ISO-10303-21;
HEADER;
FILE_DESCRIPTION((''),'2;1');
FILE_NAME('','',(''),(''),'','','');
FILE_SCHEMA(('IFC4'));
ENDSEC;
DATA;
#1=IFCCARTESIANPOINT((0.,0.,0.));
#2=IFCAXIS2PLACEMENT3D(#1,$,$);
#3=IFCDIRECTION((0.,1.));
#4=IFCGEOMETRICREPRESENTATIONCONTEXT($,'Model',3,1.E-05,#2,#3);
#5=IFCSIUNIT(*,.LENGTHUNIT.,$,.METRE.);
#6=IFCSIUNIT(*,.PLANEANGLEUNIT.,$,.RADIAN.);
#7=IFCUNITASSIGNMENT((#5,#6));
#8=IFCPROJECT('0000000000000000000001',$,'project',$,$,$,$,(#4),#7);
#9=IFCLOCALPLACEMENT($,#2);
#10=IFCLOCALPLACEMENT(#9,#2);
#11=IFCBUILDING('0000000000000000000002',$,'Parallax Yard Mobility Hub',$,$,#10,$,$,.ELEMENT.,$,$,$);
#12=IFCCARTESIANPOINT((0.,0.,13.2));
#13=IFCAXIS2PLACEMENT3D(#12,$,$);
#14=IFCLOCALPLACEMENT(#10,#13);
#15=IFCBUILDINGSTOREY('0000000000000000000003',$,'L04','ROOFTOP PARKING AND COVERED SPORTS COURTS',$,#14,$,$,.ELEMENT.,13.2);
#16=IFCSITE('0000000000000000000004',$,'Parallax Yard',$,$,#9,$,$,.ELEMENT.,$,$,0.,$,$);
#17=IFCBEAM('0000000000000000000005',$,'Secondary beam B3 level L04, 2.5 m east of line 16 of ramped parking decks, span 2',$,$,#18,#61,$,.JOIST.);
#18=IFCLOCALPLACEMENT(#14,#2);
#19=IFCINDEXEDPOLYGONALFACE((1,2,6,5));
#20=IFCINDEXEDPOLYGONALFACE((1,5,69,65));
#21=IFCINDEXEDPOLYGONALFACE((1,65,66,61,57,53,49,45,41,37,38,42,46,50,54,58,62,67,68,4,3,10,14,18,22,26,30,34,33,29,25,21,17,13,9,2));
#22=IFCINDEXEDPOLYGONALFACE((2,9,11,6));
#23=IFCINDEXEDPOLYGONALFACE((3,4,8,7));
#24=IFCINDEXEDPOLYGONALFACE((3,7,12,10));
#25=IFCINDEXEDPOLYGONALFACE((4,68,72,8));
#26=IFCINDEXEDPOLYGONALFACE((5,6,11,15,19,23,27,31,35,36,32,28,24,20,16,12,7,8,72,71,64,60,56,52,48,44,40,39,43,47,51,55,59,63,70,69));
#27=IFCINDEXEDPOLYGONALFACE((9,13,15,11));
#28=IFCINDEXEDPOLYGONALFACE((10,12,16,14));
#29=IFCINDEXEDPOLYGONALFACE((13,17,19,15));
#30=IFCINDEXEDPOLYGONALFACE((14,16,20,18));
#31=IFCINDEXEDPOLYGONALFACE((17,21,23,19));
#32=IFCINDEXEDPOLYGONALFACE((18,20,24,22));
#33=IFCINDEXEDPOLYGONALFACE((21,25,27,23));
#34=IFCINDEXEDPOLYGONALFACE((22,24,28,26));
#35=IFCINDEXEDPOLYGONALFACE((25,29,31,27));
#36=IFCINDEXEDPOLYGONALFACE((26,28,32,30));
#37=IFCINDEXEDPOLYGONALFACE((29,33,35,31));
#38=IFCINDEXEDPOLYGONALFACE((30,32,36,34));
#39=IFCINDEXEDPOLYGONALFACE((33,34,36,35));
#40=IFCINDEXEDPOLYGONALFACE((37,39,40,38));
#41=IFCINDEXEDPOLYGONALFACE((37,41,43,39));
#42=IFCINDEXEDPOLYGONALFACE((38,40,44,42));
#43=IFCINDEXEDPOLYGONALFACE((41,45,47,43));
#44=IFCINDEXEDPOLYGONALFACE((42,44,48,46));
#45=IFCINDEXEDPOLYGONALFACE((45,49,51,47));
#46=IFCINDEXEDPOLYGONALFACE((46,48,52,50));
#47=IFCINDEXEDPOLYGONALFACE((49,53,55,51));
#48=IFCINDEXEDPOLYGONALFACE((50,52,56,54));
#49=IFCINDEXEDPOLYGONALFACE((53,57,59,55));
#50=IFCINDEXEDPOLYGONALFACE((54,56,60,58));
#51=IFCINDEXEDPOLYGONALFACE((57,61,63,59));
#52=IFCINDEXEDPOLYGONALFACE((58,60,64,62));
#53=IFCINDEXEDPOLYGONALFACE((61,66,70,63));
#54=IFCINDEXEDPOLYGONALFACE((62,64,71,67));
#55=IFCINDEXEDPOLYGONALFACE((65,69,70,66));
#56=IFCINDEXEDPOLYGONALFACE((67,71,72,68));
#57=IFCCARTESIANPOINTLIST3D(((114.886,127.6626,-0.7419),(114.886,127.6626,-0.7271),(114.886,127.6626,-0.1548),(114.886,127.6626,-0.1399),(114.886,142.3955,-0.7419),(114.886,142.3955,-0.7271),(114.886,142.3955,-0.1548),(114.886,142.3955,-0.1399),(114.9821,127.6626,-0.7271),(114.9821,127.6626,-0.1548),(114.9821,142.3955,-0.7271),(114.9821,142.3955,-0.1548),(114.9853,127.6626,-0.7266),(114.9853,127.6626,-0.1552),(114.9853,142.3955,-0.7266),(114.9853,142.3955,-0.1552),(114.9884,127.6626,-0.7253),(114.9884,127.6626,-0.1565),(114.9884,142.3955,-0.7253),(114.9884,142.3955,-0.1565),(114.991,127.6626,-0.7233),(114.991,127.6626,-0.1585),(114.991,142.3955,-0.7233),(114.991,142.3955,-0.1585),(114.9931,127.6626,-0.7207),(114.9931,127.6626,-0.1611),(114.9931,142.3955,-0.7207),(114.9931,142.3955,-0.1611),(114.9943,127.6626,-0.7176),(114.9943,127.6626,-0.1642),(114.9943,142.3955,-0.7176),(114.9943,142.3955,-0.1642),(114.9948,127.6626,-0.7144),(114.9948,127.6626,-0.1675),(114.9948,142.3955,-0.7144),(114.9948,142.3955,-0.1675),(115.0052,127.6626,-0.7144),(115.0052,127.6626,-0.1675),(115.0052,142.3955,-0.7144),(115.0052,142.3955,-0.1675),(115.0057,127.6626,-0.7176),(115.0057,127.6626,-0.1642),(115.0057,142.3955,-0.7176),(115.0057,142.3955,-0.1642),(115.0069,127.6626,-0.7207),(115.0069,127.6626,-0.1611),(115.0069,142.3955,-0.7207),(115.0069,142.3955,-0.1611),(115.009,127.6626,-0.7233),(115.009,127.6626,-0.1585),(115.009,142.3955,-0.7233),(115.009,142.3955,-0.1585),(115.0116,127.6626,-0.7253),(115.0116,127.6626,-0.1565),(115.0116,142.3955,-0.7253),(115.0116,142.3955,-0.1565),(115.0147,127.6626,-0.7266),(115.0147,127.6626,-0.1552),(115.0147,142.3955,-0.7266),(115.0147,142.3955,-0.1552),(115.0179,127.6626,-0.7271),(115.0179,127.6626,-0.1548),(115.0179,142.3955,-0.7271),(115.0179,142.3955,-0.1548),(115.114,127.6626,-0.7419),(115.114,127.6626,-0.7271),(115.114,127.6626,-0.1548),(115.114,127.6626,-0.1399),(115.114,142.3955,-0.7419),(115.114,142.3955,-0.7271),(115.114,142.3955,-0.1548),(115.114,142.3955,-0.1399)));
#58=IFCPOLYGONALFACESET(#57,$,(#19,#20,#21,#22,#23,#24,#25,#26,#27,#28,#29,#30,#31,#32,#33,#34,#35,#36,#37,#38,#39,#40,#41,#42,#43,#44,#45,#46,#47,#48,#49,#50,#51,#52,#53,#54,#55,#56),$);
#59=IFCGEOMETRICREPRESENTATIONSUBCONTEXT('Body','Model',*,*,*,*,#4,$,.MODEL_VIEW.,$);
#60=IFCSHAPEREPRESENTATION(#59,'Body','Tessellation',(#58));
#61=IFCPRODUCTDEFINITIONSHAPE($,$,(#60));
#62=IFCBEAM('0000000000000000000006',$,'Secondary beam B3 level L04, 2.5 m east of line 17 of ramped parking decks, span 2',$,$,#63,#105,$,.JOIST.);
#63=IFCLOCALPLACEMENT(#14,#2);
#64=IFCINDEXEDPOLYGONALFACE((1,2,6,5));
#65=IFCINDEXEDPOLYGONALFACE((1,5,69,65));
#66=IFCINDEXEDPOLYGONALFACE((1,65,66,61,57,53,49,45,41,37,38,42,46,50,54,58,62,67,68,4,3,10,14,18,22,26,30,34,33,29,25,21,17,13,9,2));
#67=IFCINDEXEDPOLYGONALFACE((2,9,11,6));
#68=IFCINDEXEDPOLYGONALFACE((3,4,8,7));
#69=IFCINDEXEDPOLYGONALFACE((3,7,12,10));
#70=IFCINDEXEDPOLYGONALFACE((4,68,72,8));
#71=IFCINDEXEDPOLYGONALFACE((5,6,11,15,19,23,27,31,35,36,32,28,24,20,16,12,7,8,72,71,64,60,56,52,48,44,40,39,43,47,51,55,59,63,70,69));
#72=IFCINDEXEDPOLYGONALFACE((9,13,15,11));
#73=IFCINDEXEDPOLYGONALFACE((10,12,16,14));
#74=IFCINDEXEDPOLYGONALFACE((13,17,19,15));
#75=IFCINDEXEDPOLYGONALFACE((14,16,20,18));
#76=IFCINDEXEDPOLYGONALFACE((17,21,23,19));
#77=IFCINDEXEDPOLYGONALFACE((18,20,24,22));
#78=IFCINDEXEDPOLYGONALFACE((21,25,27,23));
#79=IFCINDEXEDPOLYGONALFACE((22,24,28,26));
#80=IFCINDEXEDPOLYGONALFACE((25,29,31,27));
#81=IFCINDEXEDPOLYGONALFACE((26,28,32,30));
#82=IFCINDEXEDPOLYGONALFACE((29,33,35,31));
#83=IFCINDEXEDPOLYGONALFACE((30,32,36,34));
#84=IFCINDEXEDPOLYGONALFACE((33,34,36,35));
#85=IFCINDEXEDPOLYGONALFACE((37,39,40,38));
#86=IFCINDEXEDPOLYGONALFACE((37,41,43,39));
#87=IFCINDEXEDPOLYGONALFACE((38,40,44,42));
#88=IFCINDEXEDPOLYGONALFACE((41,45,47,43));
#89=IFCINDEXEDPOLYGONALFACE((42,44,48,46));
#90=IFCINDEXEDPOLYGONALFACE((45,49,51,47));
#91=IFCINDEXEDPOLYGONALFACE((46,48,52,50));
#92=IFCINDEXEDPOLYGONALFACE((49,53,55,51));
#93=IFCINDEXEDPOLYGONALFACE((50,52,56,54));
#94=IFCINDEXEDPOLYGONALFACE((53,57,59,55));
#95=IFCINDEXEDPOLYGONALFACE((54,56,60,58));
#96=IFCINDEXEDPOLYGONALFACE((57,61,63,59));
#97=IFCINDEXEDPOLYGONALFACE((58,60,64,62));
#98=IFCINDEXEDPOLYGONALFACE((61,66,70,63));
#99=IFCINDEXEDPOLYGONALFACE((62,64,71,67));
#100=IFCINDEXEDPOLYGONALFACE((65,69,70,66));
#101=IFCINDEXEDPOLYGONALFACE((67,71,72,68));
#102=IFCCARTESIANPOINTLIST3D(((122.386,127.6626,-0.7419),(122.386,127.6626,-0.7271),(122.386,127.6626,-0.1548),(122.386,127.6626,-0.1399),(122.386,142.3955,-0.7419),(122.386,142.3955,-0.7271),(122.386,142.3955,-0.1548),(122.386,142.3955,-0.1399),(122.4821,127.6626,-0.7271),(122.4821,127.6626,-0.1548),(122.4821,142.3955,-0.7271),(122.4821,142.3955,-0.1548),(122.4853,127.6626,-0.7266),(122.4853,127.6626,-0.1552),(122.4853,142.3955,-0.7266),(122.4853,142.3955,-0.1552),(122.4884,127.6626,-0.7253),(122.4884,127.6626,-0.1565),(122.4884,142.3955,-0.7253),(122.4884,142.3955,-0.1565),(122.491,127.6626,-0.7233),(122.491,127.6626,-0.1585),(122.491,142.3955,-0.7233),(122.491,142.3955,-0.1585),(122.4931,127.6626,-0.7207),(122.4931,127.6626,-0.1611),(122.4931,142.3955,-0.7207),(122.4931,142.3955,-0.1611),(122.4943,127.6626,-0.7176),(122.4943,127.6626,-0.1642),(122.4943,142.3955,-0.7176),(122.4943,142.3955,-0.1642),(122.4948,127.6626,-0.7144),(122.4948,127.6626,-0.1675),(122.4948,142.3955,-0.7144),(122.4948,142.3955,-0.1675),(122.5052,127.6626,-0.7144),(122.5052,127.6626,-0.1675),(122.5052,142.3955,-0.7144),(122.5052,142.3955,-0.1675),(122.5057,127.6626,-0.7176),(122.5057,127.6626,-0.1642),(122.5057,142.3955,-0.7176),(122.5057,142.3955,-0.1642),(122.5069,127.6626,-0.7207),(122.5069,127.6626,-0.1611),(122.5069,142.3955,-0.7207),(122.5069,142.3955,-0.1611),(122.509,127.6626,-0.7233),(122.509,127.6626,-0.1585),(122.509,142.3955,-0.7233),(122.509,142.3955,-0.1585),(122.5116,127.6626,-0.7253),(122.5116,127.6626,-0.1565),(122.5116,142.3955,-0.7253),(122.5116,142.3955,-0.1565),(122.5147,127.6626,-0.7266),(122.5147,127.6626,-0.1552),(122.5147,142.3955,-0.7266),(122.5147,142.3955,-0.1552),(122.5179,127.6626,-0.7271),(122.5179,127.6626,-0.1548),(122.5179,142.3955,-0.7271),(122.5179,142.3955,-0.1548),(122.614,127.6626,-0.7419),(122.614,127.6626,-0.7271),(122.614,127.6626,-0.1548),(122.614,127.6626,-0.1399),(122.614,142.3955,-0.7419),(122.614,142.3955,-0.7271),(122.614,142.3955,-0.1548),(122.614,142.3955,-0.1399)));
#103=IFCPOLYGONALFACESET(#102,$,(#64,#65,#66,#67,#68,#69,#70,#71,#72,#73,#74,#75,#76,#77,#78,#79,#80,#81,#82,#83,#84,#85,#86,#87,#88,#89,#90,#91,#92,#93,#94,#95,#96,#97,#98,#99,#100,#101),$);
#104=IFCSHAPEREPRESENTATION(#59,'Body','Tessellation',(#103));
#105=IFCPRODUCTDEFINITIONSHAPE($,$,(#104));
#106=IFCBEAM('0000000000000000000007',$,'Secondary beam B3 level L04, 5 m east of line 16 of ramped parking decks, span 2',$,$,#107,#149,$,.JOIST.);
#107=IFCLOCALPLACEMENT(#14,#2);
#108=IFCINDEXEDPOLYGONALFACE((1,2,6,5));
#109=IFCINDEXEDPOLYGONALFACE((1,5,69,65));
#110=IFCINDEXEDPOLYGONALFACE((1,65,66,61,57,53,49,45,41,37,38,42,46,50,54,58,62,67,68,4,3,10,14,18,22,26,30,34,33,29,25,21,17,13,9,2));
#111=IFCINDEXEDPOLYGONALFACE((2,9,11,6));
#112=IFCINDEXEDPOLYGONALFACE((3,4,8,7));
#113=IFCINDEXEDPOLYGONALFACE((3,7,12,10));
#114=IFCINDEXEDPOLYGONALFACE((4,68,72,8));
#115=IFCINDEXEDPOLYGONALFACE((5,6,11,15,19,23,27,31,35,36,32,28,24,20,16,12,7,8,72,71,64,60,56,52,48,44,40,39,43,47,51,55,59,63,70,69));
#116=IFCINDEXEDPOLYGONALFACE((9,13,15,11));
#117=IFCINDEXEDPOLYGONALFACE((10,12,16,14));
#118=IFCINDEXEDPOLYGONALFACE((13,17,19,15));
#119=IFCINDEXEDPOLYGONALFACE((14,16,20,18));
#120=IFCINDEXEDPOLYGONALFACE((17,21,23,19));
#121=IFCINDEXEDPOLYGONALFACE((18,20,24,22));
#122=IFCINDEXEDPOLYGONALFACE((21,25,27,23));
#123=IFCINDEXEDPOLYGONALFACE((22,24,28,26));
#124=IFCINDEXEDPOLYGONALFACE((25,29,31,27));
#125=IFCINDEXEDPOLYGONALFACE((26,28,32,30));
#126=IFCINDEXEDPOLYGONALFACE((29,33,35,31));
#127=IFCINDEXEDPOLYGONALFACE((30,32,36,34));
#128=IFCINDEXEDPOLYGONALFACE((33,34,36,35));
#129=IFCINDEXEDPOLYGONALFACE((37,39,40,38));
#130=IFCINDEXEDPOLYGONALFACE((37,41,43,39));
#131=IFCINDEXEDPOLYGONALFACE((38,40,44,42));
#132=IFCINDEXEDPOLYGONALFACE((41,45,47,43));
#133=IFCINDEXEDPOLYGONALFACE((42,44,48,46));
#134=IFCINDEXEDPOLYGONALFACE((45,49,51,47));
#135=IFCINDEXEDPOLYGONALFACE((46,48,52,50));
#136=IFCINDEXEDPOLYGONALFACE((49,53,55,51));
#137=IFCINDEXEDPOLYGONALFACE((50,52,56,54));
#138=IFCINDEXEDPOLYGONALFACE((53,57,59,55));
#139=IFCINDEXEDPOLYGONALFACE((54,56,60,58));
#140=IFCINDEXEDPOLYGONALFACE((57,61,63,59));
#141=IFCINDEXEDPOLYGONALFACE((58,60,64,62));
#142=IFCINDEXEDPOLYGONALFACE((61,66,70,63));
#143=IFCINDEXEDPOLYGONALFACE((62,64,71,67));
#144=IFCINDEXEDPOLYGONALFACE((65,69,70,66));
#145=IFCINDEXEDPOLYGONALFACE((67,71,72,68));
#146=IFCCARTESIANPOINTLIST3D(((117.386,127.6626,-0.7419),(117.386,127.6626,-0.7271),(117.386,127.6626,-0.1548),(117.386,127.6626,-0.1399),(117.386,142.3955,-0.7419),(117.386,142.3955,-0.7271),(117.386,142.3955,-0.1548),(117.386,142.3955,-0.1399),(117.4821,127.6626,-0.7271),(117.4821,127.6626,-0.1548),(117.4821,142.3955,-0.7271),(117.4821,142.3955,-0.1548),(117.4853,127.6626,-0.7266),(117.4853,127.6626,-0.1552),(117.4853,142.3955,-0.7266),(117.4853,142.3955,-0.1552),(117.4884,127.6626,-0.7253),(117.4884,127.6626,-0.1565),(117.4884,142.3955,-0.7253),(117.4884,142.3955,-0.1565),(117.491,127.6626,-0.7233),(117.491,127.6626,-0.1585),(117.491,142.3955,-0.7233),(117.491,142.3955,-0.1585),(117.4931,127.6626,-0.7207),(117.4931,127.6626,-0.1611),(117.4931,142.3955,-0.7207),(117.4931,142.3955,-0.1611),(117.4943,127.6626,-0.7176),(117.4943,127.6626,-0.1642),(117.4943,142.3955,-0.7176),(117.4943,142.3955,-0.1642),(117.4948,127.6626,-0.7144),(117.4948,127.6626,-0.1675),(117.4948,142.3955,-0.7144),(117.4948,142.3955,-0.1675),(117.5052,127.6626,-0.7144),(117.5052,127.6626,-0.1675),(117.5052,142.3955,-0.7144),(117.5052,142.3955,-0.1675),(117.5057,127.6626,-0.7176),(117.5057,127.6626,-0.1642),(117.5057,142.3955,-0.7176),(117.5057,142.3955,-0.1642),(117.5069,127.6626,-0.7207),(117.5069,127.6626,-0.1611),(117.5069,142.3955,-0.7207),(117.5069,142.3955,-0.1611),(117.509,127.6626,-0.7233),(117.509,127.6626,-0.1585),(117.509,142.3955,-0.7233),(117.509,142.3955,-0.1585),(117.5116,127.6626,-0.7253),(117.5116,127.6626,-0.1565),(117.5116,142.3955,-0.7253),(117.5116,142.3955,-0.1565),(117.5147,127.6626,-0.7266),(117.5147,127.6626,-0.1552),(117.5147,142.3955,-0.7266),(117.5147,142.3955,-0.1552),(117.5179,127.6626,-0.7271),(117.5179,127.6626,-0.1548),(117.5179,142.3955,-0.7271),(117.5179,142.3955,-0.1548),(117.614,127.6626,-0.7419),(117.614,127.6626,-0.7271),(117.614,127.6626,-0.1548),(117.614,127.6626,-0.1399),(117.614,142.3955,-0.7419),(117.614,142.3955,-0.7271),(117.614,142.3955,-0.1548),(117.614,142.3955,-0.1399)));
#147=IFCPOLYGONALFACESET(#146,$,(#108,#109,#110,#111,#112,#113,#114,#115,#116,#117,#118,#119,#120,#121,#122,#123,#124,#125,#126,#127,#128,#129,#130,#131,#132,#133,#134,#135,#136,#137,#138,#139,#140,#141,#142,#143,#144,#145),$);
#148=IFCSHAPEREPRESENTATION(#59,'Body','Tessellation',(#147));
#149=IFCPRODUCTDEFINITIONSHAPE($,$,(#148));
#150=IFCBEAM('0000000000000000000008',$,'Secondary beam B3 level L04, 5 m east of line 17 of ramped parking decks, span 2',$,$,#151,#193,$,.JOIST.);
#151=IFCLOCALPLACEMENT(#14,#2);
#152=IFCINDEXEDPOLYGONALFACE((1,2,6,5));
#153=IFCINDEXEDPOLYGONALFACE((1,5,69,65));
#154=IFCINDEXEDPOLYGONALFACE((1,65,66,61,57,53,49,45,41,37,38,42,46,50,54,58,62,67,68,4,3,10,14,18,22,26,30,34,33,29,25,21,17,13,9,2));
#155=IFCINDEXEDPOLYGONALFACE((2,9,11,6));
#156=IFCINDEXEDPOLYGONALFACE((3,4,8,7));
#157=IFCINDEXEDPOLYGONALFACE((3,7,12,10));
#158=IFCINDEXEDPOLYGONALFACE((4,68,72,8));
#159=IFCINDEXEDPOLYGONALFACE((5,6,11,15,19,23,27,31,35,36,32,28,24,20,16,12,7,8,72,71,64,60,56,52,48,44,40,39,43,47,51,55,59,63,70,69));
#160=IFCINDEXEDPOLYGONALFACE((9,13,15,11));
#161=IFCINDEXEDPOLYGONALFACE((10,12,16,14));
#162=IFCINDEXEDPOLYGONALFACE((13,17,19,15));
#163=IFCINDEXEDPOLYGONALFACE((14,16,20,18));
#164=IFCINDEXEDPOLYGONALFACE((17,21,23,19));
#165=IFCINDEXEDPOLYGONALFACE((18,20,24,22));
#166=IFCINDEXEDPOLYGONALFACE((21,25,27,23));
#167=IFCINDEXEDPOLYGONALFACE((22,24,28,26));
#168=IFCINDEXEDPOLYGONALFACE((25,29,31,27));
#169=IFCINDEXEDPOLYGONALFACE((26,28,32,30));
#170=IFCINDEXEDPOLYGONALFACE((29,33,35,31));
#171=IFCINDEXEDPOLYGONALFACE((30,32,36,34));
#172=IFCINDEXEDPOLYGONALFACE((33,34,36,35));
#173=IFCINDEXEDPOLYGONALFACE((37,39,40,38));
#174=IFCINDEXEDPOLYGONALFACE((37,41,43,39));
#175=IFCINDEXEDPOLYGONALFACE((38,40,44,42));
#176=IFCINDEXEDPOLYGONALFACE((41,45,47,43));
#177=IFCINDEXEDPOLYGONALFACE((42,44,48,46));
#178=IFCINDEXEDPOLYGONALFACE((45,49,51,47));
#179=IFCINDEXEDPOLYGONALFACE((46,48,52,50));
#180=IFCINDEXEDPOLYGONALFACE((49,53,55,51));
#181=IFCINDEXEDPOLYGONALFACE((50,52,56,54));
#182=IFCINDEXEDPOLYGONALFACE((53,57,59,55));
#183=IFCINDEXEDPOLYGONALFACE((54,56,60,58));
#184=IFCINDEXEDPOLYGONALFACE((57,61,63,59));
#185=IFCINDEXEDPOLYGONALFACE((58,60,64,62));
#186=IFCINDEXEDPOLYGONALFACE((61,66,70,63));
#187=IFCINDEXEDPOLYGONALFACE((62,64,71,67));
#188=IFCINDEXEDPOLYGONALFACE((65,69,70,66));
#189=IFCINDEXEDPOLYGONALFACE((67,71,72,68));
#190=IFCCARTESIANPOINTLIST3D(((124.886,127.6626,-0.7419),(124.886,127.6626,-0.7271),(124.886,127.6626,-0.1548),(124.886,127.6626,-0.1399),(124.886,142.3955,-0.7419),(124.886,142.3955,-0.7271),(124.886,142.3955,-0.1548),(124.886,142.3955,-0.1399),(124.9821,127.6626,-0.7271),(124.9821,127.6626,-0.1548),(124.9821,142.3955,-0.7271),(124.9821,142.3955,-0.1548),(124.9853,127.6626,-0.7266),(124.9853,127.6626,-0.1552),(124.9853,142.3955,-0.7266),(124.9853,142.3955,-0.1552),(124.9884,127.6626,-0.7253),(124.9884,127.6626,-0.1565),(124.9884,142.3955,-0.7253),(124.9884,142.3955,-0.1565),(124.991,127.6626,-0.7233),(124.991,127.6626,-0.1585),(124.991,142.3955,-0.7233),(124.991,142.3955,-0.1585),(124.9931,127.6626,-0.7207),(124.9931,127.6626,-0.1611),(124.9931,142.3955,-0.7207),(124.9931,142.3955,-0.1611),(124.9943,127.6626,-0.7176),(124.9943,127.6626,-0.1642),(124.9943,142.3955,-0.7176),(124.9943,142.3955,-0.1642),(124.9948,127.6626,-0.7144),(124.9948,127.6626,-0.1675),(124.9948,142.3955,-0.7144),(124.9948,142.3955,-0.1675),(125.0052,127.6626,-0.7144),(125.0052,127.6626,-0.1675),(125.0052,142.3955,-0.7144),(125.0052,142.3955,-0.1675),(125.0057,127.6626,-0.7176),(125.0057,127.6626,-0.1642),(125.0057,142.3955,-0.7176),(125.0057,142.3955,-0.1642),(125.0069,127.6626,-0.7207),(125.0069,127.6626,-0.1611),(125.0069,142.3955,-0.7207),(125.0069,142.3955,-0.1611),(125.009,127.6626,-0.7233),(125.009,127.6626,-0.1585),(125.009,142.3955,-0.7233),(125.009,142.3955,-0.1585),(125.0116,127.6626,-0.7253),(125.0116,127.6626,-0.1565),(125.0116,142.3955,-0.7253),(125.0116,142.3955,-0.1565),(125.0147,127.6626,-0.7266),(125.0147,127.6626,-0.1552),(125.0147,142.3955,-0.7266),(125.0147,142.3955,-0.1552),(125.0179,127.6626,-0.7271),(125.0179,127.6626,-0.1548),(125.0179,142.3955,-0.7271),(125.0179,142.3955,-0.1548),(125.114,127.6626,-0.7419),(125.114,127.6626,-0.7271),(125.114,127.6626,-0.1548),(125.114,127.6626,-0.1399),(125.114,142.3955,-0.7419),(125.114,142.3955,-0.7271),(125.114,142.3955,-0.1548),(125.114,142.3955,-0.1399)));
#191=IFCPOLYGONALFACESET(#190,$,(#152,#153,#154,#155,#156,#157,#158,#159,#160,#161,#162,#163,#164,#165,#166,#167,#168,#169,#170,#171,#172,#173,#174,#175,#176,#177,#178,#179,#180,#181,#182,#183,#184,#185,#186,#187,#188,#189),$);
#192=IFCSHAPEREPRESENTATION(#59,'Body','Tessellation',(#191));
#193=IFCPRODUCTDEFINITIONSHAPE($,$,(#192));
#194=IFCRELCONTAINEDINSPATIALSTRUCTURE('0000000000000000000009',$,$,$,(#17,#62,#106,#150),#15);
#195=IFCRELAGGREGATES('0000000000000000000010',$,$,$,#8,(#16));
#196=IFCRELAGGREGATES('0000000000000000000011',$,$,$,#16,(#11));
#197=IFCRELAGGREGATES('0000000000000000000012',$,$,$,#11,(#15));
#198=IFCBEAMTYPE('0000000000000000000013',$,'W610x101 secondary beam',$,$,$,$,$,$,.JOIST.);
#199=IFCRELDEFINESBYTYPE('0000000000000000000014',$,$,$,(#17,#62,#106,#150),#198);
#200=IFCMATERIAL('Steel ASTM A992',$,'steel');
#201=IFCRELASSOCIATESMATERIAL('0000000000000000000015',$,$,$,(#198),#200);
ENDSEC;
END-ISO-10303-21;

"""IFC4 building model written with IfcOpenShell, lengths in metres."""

from ifc_helpers import new_model, si_unit, direction, frame, origin, origin_2d, place, context, subcontext, project, spatial, i_section, extrude, material, material_profile, profile_set, type_object, element, save


model = new_model("IFC4")

# Units and contexts
model_context = context("Model", 3, precision=1e-05, world=origin(), true_north=direction((0.0, 1.0)))
body_context = subcontext(model_context, "Body", "Model", "MODEL_VIEW")
ifc_project = project(units=[si_unit("LENGTHUNIT", "METRE"), si_unit("PLANEANGLEUNIT", "RADIAN")], contexts=[model_context])

# Site, building, storey
site_placement = place(None, origin())
site = spatial("IfcSite", under=ifc_project, at=site_placement, Name="Parallax Yard", CompositionType="ELEMENT", RefElevation=0.0)
building_placement = place(site_placement, origin())
building = spatial("IfcBuilding", under=site, at=building_placement, Name="Parallax Yard Mobility Hub", CompositionType="ELEMENT")
storey_placement = place(building_placement, frame((0.0, 0.0, 13.2)))
storey = spatial("IfcBuildingStorey", under=building, at=storey_placement, Name="L04", Description="ROOFTOP PARKING AND COVERED SPORTS COURTS", CompositionType="ELEMENT", Elevation=13.2)

# Shared definitions
ifc_material_1 = material(Name="Steel ASTM A992", Category="steel")

# Beams
ifc_material_profile_1 = material_profile(ifc_material_1, i_section(OverallWidth=0.228, OverallDepth=0.6021, WebThickness=0.0105, FlangeThickness=0.0149, FilletRadius=0.0127, at=origin_2d()), Name="W610x101")
ifc_profile_set_1 = profile_set([ifc_material_profile_1], Name="Steel ASTM A992")
beam_type_1 = type_object("IfcBeamType", Name="W610x101 secondary beam", PredefinedType="JOIST", material=ifc_profile_set_1)
for number, where, z_axis, x_axis, name in (
    (1, (115.0, 127.6626, -0.4409), (0.0, 1.0, 0.0), (-1.0, 0.0, 0.0), "Secondary beam B3 level L04, 2.5 m east of line 16 of ramped parking decks, span 2"),
    (2, (122.5, 127.6626, -0.4409), (0.0, 1.0, 0.0), (-1.0, 0.0, 0.0), "Secondary beam B3 level L04, 2.5 m east of line 17 of ramped parking decks, span 2"),
    (3, (117.5, 127.6626, -0.4409), (0.0, 1.0, 0.0), (-1.0, 0.0, 0.0), "Secondary beam B3 level L04, 5 m east of line 16 of ramped parking decks, span 2"),
    (4, (125.0, 127.6626, -0.4409), (0.0, 1.0, 0.0), (-1.0, 0.0, 0.0), "Secondary beam B3 level L04, 5 m east of line 17 of ramped parking decks, span 2"),
):
    element("IfcBeam", number, at=place(storey_placement, frame(where, z_axis=z_axis, x_axis=x_axis)), inside=storey, type_object=beam_type_1, Name=name, PredefinedType="JOIST", context=body_context, shape_type="SweptSolid", body=[
        extrude(i_section(OverallWidth=0.228, OverallDepth=0.6021, WebThickness=0.0105, FlangeThickness=0.0149, FilletRadius=0.0127, at=origin_2d()), origin(), (0.0, 0.0, 1.0), 14.7329),
    ])

save(model, "model.ifc")
